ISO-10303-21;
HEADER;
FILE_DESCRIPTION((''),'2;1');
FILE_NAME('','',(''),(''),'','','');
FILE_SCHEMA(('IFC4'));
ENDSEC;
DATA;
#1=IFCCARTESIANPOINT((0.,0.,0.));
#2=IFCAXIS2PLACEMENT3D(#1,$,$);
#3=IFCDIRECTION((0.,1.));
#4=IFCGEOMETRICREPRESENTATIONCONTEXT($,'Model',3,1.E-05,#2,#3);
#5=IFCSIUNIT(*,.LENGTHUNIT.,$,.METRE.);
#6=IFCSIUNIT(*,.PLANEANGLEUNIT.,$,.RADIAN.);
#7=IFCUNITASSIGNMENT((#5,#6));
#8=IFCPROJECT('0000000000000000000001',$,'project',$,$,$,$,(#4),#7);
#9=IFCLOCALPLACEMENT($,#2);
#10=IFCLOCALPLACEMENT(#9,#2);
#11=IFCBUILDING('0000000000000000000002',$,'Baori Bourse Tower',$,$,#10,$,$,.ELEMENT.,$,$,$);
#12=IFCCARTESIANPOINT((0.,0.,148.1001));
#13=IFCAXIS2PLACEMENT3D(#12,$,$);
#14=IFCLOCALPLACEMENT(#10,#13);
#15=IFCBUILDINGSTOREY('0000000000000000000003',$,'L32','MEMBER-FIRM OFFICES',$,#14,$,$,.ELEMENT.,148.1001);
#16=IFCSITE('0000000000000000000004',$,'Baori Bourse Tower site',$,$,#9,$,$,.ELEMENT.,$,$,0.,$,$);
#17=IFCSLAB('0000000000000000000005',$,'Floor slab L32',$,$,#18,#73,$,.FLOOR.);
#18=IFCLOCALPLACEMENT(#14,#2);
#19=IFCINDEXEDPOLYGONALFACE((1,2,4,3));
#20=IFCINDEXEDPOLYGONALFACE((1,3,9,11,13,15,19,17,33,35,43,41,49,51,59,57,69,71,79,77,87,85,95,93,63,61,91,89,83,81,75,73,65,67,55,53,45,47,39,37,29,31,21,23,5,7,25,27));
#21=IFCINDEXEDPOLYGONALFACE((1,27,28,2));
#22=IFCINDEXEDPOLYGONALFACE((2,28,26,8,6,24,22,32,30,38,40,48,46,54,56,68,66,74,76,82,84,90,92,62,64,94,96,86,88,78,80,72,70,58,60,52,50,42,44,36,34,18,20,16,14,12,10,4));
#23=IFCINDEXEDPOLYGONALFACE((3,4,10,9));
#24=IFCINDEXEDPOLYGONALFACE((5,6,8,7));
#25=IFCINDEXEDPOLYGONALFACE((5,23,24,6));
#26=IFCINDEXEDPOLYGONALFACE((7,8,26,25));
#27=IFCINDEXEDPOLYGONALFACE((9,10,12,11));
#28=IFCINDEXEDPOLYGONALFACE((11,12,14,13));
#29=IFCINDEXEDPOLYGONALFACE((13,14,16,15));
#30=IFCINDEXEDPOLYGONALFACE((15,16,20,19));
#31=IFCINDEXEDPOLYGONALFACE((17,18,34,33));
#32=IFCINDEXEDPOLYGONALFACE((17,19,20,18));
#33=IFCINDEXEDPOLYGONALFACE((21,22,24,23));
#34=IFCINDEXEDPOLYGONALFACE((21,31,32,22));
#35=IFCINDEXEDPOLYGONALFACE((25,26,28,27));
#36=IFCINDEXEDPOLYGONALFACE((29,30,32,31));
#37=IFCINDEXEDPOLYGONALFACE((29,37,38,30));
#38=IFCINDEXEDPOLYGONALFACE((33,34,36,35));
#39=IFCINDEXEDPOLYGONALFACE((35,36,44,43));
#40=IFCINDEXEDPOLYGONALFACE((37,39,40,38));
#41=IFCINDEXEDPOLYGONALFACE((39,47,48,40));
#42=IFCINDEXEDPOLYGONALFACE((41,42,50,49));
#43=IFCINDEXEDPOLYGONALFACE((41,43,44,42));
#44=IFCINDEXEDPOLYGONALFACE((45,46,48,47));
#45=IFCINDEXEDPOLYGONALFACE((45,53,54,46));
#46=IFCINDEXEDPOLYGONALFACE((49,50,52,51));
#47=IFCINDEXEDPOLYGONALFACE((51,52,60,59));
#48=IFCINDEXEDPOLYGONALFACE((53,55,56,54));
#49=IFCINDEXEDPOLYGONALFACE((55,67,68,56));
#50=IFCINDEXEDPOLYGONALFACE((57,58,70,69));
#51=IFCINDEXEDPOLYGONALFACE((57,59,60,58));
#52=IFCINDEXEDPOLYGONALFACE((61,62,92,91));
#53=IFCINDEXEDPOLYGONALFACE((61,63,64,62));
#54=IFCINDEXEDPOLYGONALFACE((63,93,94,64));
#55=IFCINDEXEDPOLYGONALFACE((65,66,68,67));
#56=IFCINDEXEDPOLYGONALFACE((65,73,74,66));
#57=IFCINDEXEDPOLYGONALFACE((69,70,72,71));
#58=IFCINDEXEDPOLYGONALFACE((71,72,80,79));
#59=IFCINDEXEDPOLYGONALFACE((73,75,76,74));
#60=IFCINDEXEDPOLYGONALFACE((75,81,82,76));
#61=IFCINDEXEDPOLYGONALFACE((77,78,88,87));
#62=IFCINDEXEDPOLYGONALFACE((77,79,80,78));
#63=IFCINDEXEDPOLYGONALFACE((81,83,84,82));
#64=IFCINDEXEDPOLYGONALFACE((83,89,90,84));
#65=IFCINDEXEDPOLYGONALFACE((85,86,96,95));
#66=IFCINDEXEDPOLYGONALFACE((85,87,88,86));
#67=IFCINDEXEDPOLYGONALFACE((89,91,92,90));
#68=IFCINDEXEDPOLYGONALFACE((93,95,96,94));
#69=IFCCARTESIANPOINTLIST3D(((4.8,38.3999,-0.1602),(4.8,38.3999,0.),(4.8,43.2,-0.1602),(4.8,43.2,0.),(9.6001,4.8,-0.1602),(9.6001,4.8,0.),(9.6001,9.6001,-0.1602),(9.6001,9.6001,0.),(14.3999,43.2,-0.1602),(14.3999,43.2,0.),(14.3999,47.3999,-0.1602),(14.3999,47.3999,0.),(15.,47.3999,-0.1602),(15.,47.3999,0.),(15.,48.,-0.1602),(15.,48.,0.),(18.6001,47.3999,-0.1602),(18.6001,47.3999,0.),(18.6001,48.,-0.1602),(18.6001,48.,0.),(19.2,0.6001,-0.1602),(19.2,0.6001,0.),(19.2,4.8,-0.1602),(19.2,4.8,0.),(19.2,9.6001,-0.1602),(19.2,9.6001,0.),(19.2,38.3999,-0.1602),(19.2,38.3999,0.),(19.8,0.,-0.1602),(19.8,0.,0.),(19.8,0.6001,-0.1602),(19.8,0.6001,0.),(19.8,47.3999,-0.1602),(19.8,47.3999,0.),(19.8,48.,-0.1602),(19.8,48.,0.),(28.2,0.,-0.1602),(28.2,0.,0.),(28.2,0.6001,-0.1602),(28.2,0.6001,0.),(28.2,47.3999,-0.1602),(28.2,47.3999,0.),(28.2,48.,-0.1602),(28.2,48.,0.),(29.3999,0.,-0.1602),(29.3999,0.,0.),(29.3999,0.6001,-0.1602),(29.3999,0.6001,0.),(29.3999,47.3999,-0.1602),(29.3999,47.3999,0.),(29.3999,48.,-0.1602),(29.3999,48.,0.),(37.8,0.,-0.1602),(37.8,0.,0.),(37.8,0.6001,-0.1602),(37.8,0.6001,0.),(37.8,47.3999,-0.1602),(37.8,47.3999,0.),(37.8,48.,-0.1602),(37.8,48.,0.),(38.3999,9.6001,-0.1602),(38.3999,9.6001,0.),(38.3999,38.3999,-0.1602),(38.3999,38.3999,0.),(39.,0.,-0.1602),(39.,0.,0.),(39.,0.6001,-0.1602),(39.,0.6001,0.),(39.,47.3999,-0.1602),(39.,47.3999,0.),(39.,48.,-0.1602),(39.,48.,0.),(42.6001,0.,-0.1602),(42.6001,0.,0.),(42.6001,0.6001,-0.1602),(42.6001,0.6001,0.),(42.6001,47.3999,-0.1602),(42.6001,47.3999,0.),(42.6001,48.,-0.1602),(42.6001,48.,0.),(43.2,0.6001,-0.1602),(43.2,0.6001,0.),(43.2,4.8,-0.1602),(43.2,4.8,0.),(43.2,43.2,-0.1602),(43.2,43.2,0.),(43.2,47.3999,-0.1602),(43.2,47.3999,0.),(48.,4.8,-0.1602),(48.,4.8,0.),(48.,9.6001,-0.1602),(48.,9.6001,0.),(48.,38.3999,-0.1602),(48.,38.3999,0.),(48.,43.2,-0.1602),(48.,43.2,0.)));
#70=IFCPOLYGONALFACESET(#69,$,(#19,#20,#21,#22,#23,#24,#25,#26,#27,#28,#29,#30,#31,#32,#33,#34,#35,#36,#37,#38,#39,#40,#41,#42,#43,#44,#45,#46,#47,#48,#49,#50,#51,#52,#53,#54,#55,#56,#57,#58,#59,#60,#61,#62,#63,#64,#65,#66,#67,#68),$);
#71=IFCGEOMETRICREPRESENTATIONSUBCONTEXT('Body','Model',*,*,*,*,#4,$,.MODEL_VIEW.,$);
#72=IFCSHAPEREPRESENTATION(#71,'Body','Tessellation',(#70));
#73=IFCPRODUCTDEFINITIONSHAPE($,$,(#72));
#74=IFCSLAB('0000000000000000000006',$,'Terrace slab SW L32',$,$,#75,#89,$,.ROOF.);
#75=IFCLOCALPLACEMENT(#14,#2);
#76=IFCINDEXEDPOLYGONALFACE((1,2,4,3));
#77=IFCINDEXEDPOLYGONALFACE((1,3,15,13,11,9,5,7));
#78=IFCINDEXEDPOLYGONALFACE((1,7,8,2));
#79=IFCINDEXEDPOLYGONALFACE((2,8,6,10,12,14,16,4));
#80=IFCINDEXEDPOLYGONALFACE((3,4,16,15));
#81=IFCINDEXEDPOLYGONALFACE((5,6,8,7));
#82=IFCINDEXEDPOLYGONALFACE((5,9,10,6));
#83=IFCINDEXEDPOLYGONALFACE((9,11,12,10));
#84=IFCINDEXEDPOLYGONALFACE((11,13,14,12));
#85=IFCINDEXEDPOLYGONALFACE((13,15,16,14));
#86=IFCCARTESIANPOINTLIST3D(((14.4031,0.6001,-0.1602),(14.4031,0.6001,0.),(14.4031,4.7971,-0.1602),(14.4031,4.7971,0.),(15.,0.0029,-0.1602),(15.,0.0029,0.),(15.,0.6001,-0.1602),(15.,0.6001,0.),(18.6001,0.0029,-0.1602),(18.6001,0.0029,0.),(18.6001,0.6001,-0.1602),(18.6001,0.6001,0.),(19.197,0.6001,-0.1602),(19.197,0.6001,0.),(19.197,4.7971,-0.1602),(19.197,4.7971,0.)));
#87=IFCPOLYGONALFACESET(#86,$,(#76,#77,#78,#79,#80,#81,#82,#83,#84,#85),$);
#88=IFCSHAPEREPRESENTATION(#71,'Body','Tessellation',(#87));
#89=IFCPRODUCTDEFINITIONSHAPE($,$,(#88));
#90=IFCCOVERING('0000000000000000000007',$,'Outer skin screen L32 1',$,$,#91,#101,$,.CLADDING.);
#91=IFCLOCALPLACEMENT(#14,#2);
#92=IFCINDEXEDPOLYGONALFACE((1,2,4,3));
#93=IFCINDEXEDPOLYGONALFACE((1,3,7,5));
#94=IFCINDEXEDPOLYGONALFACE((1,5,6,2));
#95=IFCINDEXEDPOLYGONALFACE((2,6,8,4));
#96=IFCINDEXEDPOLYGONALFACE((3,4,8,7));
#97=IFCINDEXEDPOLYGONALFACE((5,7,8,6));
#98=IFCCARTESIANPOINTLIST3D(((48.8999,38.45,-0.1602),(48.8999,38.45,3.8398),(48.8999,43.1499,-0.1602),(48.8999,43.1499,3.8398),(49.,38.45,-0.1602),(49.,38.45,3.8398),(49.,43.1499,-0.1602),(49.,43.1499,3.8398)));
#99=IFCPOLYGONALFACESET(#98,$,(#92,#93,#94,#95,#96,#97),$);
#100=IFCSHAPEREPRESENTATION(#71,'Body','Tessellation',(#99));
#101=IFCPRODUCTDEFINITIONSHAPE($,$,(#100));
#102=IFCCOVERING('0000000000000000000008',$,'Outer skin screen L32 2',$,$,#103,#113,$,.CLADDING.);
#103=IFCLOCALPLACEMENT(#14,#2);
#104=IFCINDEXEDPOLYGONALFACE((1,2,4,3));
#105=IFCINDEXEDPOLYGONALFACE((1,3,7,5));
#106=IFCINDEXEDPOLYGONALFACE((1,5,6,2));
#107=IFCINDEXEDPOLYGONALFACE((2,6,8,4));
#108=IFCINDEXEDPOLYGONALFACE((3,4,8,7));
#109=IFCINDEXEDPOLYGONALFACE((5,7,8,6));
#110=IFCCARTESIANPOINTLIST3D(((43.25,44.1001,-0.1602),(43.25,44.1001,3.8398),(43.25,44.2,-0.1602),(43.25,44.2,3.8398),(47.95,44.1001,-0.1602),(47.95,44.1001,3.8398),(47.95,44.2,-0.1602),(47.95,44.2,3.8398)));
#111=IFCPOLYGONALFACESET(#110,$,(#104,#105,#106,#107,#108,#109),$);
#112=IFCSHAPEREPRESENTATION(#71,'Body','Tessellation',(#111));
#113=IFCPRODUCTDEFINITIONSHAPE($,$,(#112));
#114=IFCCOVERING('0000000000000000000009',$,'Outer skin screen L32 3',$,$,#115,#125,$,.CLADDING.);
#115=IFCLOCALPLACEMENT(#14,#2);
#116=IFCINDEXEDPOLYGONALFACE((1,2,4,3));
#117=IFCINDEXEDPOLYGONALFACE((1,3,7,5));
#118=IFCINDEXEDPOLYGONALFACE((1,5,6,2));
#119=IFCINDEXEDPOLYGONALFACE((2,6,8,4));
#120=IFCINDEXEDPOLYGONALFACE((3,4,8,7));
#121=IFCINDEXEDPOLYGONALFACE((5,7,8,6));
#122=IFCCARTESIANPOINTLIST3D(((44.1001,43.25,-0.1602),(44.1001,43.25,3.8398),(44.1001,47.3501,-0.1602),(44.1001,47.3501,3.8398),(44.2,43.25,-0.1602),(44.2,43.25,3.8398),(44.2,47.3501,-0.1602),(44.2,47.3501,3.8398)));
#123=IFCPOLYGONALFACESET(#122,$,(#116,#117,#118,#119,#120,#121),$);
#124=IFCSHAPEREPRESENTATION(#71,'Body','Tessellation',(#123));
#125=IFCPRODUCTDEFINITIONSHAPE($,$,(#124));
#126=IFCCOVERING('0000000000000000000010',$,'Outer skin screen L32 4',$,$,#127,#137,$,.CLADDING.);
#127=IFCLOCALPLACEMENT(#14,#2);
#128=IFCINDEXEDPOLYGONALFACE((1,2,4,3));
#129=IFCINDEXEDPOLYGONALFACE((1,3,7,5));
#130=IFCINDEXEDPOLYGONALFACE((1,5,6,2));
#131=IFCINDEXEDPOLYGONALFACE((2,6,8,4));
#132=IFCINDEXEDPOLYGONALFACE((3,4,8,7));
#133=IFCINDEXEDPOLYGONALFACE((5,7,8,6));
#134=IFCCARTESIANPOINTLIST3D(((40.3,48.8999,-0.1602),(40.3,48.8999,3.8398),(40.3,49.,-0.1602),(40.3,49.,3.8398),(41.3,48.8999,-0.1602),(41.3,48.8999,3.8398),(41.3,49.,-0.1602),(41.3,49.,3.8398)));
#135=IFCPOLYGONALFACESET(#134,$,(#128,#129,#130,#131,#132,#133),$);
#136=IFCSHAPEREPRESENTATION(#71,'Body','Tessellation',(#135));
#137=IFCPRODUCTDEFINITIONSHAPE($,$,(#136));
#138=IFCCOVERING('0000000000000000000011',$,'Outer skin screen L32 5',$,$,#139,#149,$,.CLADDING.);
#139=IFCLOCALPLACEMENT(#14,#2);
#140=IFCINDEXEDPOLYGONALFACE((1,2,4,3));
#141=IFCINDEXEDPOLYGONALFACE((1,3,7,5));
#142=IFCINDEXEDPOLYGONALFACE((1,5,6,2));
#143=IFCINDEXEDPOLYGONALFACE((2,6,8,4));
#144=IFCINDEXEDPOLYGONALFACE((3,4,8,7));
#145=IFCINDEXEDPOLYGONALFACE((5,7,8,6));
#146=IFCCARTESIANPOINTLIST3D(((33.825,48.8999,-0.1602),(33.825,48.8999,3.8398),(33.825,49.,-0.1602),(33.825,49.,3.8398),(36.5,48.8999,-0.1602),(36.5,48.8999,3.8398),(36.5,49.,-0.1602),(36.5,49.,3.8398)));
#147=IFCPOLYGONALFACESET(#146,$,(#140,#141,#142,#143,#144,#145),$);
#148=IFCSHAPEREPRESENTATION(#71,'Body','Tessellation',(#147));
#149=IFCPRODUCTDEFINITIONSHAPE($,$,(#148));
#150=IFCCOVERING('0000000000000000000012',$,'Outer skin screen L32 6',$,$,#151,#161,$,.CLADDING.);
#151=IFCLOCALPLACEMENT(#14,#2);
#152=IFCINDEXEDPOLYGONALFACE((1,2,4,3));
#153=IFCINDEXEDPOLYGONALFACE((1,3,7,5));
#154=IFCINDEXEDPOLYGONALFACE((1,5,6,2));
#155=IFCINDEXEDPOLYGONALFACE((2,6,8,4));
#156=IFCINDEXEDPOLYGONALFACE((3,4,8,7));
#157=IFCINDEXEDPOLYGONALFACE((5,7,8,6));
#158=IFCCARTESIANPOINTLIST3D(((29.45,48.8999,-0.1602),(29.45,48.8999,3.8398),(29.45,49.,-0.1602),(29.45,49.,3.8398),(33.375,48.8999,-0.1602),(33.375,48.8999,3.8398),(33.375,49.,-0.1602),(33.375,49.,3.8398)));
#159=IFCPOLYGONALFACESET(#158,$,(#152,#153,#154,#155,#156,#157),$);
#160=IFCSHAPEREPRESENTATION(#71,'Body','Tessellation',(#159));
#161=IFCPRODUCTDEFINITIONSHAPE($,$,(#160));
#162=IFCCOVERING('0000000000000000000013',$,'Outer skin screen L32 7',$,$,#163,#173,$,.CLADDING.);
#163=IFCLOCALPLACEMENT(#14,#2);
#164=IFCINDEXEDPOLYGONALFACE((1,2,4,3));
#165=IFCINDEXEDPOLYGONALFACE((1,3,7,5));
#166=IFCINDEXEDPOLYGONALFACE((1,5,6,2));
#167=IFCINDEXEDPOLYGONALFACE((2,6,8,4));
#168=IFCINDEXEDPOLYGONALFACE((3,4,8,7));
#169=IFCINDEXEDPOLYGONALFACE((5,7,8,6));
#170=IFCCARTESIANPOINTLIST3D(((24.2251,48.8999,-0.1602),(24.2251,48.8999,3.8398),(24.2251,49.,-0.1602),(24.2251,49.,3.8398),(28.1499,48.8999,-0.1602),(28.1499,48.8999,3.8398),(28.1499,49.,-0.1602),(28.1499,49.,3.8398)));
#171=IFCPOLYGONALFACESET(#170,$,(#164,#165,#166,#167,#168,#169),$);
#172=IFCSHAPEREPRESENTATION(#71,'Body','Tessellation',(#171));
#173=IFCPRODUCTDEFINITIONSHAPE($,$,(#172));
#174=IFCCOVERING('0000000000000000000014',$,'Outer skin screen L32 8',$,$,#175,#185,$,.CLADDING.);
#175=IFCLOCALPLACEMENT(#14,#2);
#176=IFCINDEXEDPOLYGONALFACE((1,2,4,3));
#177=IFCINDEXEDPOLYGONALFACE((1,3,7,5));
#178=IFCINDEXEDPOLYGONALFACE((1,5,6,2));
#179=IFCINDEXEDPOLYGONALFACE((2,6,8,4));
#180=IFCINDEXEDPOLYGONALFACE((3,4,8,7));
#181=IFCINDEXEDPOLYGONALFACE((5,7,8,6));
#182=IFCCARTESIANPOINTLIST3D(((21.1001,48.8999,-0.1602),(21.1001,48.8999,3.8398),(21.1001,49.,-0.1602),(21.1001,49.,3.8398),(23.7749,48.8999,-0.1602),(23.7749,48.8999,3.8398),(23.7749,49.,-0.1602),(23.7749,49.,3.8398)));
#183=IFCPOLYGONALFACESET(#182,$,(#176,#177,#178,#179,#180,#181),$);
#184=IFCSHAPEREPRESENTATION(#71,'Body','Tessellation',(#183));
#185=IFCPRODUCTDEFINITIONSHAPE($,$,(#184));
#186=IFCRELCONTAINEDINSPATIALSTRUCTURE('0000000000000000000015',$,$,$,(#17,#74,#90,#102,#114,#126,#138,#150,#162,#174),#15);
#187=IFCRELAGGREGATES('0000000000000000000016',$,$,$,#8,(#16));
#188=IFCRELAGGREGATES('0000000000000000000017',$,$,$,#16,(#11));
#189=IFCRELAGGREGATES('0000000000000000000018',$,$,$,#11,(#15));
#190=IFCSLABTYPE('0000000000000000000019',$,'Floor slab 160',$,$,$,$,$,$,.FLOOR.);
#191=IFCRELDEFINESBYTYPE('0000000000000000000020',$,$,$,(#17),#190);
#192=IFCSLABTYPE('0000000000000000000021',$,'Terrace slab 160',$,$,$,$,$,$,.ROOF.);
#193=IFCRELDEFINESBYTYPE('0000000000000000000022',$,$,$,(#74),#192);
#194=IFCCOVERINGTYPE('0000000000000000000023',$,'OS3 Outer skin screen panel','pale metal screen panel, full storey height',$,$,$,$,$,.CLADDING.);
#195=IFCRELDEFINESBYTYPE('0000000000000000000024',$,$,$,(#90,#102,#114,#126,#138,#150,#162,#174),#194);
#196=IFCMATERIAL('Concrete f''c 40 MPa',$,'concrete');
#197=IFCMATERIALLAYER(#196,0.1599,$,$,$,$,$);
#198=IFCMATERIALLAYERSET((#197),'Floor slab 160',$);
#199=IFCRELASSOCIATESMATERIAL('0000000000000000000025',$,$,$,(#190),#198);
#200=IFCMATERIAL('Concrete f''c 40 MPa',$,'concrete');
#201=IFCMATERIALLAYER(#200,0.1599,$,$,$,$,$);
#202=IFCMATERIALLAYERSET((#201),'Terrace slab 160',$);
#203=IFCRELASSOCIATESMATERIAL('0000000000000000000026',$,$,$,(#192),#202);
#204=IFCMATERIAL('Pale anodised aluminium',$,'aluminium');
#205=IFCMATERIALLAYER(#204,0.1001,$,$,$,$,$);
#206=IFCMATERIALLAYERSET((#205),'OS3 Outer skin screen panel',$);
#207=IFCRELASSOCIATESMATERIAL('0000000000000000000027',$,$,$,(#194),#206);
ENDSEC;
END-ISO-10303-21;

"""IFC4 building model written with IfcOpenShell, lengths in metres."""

from ifc_helpers import new_model, si_unit, direction, frame, origin, place, context, subcontext, project, spatial, polyline, outline, extrude, material, layer, layer_set, type_object, element, save


model = new_model("IFC4")

# Units and contexts
model_context = context("Model", 3, precision=1e-05, world=origin(), true_north=direction((0.0, 1.0)))
body_context = subcontext(model_context, "Body", "Model", "MODEL_VIEW")
ifc_project = project(units=[si_unit("LENGTHUNIT", "METRE"), si_unit("PLANEANGLEUNIT", "RADIAN")], contexts=[model_context])

# Site, building, storey
site_placement = place(None, origin())
site = spatial("IfcSite", under=ifc_project, at=site_placement, Name="Baori Bourse Tower site", CompositionType="ELEMENT", RefElevation=0.0)
building_placement = place(site_placement, origin())
building = spatial("IfcBuilding", under=site, at=building_placement, Name="Baori Bourse Tower", CompositionType="ELEMENT")
storey_placement = place(building_placement, frame((0.0, 0.0, 148.1001)))
storey = spatial("IfcBuildingStorey", under=building, at=storey_placement, Name="L32", Description="MEMBER-FIRM OFFICES", CompositionType="ELEMENT", Elevation=148.1001)

# Slabs
ifc_material_1 = material(Name="Concrete f'c 40 MPa", Category="concrete")
ifc_layer_1 = layer(ifc_material_1, 0.1599)
ifc_layer_set_1 = layer_set([ifc_layer_1], Name="Floor slab 160")
slab_type_1 = type_object("IfcSlabType", Name="Floor slab 160", PredefinedType="FLOOR", material=ifc_layer_set_1)
slab_1_placement = place(storey_placement, frame((0.0, 0.0, -0.1602)))
element("IfcSlab", 1, at=slab_1_placement, inside=storey, type_object=slab_type_1, Name="Floor slab L32", PredefinedType="FLOOR", context=body_context, shape_type="SweptSolid", body=[
    extrude(outline(polyline([(19.2, 4.8), (9.6001, 4.8), (9.6001, 9.6001), (19.2, 9.6001), (19.2, 38.3999), (4.8, 38.3999), (4.8, 43.2), (14.3999, 43.2), (14.3999, 47.3999), (15.0, 47.3999), (15.0, 48.0), (18.6001, 48.0), (18.6001, 47.3999), (19.8, 47.3999), (19.8, 48.0), (28.2, 48.0), (28.2, 47.3999), (29.3999, 47.3999), (29.3999, 48.0), (37.8, 48.0), (37.8, 47.3999), (39.0, 47.3999), (39.0, 48.0), (42.6001, 48.0), (42.6001, 47.3999), (43.2, 47.3999), (43.2, 43.2), (48.0, 43.2), (48.0, 38.3999), (38.3999, 38.3999), (38.3999, 9.6001), (48.0, 9.6001), (48.0, 4.8), (43.2, 4.8), (43.2, 0.6001), (42.6001, 0.6001), (42.6001, 0.0), (39.0, 0.0), (39.0, 0.6001), (37.8, 0.6001), (37.8, 0.0), (29.3999, 0.0), (29.3999, 0.6001), (28.2, 0.6001), (28.2, 0.0), (19.8, 0.0), (19.8, 0.6001), (19.2, 0.6001), (19.2, 4.8)])), origin(), (0.0, 0.0, 1.0), 0.1602),
])
ifc_material_2 = material(Name="Concrete f'c 40 MPa", Category="concrete")
ifc_layer_2 = layer(ifc_material_2, 0.1599)
ifc_layer_set_2 = layer_set([ifc_layer_2], Name="Terrace slab 160")
slab_type_2 = type_object("IfcSlabType", Name="Terrace slab 160", PredefinedType="ROOF", material=ifc_layer_set_2)
slab_2_placement = place(storey_placement, frame((0.0, 0.0, -0.1602)))
element("IfcSlab", 2, at=slab_2_placement, inside=storey, type_object=slab_type_2, Name="Terrace slab SW L32", PredefinedType="ROOF", context=body_context, shape_type="SweptSolid", body=[
    extrude(outline(polyline([(19.197, 0.6001), (18.6001, 0.6001), (18.6001, 0.0029), (15.0, 0.0029), (15.0, 0.6001), (14.4031, 0.6001), (14.4031, 4.7971), (19.197, 4.7971), (19.197, 0.6001)])), origin(), (0.0, 0.0, 1.0), 0.1602),
])

# Coverings
ifc_material_3 = material(Name="Pale anodised aluminium", Category="aluminium")
ifc_layer_3 = layer(ifc_material_3, 0.1001)
ifc_layer_set_3 = layer_set([ifc_layer_3], Name="OS3 Outer skin screen panel")
covering_type = type_object("IfcCoveringType", Name="OS3 Outer skin screen panel", Description="pale metal screen panel, full storey height", PredefinedType="CLADDING", material=ifc_layer_set_3)
covering_1_placement = place(storey_placement, frame((0.0, 0.0, -0.1602)))
element("IfcCovering", 3, at=covering_1_placement, inside=storey, type_object=covering_type, Name="Outer skin screen L32 1", PredefinedType="CLADDING", context=body_context, shape_type="SweptSolid", body=[
    extrude(outline(polyline([(48.8999, 43.1499), (48.8999, 38.45), (49.0, 38.45), (49.0, 43.1499), (48.8999, 43.1499)])), origin(), (0.0, 0.0, 1.0), 4.0),
])
covering_2_placement = place(storey_placement, frame((0.0, 0.0, -0.1602)))
element("IfcCovering", 4, at=covering_2_placement, inside=storey, type_object=covering_type, Name="Outer skin screen L32 2", PredefinedType="CLADDING", context=body_context, shape_type="SweptSolid", body=[
    extrude(outline(polyline([(43.25, 44.1001), (47.95, 44.1001), (47.95, 44.2), (43.25, 44.2), (43.25, 44.1001)])), origin(), (0.0, 0.0, 1.0), 4.0),
])
covering_3_placement = place(storey_placement, frame((0.0, 0.0, -0.1602)))
element("IfcCovering", 5, at=covering_3_placement, inside=storey, type_object=covering_type, Name="Outer skin screen L32 3", PredefinedType="CLADDING", context=body_context, shape_type="SweptSolid", body=[
    extrude(outline(polyline([(44.1001, 47.3501), (44.1001, 43.25), (44.2, 43.25), (44.2, 47.3501), (44.1001, 47.3501)])), origin(), (0.0, 0.0, 1.0), 4.0),
])
covering_4_placement = place(storey_placement, frame((0.0, 0.0, -0.1602)))
element("IfcCovering", 6, at=covering_4_placement, inside=storey, type_object=covering_type, Name="Outer skin screen L32 4", PredefinedType="CLADDING", context=body_context, shape_type="SweptSolid", body=[
    extrude(outline(polyline([(40.3, 48.8999), (41.3, 48.8999), (41.3, 49.0), (40.3, 49.0), (40.3, 48.8999)])), origin(), (0.0, 0.0, 1.0), 4.0),
])
covering_5_placement = place(storey_placement, frame((0.0, 0.0, -0.1602)))
element("IfcCovering", 7, at=covering_5_placement, inside=storey, type_object=covering_type, Name="Outer skin screen L32 5", PredefinedType="CLADDING", context=body_context, shape_type="SweptSolid", body=[
    extrude(outline(polyline([(33.825, 48.8999), (36.5, 48.8999), (36.5, 49.0), (33.825, 49.0), (33.825, 48.8999)])), origin(), (0.0, 0.0, 1.0), 4.0),
])
covering_6_placement = place(storey_placement, frame((0.0, 0.0, -0.1602)))
element("IfcCovering", 8, at=covering_6_placement, inside=storey, type_object=covering_type, Name="Outer skin screen L32 6", PredefinedType="CLADDING", context=body_context, shape_type="SweptSolid", body=[
    extrude(outline(polyline([(29.45, 48.8999), (33.375, 48.8999), (33.375, 49.0), (29.45, 49.0), (29.45, 48.8999)])), origin(), (0.0, 0.0, 1.0), 4.0),
])
covering_7_placement = place(storey_placement, frame((0.0, 0.0, -0.1602)))
element("IfcCovering", 9, at=covering_7_placement, inside=storey, type_object=covering_type, Name="Outer skin screen L32 7", PredefinedType="CLADDING", context=body_context, shape_type="SweptSolid", body=[
    extrude(outline(polyline([(24.2251, 48.8999), (28.1499, 48.8999), (28.1499, 49.0), (24.2251, 49.0), (24.2251, 48.8999)])), origin(), (0.0, 0.0, 1.0), 4.0),
])
covering_8_placement = place(storey_placement, frame((0.0, 0.0, -0.1602)))
element("IfcCovering", 10, at=covering_8_placement, inside=storey, type_object=covering_type, Name="Outer skin screen L32 8", PredefinedType="CLADDING", context=body_context, shape_type="SweptSolid", body=[
    extrude(outline(polyline([(21.1001, 48.8999), (23.7749, 48.8999), (23.7749, 49.0), (21.1001, 49.0), (21.1001, 48.8999)])), origin(), (0.0, 0.0, 1.0), 4.0),
])

save(model, "model.ifc")
